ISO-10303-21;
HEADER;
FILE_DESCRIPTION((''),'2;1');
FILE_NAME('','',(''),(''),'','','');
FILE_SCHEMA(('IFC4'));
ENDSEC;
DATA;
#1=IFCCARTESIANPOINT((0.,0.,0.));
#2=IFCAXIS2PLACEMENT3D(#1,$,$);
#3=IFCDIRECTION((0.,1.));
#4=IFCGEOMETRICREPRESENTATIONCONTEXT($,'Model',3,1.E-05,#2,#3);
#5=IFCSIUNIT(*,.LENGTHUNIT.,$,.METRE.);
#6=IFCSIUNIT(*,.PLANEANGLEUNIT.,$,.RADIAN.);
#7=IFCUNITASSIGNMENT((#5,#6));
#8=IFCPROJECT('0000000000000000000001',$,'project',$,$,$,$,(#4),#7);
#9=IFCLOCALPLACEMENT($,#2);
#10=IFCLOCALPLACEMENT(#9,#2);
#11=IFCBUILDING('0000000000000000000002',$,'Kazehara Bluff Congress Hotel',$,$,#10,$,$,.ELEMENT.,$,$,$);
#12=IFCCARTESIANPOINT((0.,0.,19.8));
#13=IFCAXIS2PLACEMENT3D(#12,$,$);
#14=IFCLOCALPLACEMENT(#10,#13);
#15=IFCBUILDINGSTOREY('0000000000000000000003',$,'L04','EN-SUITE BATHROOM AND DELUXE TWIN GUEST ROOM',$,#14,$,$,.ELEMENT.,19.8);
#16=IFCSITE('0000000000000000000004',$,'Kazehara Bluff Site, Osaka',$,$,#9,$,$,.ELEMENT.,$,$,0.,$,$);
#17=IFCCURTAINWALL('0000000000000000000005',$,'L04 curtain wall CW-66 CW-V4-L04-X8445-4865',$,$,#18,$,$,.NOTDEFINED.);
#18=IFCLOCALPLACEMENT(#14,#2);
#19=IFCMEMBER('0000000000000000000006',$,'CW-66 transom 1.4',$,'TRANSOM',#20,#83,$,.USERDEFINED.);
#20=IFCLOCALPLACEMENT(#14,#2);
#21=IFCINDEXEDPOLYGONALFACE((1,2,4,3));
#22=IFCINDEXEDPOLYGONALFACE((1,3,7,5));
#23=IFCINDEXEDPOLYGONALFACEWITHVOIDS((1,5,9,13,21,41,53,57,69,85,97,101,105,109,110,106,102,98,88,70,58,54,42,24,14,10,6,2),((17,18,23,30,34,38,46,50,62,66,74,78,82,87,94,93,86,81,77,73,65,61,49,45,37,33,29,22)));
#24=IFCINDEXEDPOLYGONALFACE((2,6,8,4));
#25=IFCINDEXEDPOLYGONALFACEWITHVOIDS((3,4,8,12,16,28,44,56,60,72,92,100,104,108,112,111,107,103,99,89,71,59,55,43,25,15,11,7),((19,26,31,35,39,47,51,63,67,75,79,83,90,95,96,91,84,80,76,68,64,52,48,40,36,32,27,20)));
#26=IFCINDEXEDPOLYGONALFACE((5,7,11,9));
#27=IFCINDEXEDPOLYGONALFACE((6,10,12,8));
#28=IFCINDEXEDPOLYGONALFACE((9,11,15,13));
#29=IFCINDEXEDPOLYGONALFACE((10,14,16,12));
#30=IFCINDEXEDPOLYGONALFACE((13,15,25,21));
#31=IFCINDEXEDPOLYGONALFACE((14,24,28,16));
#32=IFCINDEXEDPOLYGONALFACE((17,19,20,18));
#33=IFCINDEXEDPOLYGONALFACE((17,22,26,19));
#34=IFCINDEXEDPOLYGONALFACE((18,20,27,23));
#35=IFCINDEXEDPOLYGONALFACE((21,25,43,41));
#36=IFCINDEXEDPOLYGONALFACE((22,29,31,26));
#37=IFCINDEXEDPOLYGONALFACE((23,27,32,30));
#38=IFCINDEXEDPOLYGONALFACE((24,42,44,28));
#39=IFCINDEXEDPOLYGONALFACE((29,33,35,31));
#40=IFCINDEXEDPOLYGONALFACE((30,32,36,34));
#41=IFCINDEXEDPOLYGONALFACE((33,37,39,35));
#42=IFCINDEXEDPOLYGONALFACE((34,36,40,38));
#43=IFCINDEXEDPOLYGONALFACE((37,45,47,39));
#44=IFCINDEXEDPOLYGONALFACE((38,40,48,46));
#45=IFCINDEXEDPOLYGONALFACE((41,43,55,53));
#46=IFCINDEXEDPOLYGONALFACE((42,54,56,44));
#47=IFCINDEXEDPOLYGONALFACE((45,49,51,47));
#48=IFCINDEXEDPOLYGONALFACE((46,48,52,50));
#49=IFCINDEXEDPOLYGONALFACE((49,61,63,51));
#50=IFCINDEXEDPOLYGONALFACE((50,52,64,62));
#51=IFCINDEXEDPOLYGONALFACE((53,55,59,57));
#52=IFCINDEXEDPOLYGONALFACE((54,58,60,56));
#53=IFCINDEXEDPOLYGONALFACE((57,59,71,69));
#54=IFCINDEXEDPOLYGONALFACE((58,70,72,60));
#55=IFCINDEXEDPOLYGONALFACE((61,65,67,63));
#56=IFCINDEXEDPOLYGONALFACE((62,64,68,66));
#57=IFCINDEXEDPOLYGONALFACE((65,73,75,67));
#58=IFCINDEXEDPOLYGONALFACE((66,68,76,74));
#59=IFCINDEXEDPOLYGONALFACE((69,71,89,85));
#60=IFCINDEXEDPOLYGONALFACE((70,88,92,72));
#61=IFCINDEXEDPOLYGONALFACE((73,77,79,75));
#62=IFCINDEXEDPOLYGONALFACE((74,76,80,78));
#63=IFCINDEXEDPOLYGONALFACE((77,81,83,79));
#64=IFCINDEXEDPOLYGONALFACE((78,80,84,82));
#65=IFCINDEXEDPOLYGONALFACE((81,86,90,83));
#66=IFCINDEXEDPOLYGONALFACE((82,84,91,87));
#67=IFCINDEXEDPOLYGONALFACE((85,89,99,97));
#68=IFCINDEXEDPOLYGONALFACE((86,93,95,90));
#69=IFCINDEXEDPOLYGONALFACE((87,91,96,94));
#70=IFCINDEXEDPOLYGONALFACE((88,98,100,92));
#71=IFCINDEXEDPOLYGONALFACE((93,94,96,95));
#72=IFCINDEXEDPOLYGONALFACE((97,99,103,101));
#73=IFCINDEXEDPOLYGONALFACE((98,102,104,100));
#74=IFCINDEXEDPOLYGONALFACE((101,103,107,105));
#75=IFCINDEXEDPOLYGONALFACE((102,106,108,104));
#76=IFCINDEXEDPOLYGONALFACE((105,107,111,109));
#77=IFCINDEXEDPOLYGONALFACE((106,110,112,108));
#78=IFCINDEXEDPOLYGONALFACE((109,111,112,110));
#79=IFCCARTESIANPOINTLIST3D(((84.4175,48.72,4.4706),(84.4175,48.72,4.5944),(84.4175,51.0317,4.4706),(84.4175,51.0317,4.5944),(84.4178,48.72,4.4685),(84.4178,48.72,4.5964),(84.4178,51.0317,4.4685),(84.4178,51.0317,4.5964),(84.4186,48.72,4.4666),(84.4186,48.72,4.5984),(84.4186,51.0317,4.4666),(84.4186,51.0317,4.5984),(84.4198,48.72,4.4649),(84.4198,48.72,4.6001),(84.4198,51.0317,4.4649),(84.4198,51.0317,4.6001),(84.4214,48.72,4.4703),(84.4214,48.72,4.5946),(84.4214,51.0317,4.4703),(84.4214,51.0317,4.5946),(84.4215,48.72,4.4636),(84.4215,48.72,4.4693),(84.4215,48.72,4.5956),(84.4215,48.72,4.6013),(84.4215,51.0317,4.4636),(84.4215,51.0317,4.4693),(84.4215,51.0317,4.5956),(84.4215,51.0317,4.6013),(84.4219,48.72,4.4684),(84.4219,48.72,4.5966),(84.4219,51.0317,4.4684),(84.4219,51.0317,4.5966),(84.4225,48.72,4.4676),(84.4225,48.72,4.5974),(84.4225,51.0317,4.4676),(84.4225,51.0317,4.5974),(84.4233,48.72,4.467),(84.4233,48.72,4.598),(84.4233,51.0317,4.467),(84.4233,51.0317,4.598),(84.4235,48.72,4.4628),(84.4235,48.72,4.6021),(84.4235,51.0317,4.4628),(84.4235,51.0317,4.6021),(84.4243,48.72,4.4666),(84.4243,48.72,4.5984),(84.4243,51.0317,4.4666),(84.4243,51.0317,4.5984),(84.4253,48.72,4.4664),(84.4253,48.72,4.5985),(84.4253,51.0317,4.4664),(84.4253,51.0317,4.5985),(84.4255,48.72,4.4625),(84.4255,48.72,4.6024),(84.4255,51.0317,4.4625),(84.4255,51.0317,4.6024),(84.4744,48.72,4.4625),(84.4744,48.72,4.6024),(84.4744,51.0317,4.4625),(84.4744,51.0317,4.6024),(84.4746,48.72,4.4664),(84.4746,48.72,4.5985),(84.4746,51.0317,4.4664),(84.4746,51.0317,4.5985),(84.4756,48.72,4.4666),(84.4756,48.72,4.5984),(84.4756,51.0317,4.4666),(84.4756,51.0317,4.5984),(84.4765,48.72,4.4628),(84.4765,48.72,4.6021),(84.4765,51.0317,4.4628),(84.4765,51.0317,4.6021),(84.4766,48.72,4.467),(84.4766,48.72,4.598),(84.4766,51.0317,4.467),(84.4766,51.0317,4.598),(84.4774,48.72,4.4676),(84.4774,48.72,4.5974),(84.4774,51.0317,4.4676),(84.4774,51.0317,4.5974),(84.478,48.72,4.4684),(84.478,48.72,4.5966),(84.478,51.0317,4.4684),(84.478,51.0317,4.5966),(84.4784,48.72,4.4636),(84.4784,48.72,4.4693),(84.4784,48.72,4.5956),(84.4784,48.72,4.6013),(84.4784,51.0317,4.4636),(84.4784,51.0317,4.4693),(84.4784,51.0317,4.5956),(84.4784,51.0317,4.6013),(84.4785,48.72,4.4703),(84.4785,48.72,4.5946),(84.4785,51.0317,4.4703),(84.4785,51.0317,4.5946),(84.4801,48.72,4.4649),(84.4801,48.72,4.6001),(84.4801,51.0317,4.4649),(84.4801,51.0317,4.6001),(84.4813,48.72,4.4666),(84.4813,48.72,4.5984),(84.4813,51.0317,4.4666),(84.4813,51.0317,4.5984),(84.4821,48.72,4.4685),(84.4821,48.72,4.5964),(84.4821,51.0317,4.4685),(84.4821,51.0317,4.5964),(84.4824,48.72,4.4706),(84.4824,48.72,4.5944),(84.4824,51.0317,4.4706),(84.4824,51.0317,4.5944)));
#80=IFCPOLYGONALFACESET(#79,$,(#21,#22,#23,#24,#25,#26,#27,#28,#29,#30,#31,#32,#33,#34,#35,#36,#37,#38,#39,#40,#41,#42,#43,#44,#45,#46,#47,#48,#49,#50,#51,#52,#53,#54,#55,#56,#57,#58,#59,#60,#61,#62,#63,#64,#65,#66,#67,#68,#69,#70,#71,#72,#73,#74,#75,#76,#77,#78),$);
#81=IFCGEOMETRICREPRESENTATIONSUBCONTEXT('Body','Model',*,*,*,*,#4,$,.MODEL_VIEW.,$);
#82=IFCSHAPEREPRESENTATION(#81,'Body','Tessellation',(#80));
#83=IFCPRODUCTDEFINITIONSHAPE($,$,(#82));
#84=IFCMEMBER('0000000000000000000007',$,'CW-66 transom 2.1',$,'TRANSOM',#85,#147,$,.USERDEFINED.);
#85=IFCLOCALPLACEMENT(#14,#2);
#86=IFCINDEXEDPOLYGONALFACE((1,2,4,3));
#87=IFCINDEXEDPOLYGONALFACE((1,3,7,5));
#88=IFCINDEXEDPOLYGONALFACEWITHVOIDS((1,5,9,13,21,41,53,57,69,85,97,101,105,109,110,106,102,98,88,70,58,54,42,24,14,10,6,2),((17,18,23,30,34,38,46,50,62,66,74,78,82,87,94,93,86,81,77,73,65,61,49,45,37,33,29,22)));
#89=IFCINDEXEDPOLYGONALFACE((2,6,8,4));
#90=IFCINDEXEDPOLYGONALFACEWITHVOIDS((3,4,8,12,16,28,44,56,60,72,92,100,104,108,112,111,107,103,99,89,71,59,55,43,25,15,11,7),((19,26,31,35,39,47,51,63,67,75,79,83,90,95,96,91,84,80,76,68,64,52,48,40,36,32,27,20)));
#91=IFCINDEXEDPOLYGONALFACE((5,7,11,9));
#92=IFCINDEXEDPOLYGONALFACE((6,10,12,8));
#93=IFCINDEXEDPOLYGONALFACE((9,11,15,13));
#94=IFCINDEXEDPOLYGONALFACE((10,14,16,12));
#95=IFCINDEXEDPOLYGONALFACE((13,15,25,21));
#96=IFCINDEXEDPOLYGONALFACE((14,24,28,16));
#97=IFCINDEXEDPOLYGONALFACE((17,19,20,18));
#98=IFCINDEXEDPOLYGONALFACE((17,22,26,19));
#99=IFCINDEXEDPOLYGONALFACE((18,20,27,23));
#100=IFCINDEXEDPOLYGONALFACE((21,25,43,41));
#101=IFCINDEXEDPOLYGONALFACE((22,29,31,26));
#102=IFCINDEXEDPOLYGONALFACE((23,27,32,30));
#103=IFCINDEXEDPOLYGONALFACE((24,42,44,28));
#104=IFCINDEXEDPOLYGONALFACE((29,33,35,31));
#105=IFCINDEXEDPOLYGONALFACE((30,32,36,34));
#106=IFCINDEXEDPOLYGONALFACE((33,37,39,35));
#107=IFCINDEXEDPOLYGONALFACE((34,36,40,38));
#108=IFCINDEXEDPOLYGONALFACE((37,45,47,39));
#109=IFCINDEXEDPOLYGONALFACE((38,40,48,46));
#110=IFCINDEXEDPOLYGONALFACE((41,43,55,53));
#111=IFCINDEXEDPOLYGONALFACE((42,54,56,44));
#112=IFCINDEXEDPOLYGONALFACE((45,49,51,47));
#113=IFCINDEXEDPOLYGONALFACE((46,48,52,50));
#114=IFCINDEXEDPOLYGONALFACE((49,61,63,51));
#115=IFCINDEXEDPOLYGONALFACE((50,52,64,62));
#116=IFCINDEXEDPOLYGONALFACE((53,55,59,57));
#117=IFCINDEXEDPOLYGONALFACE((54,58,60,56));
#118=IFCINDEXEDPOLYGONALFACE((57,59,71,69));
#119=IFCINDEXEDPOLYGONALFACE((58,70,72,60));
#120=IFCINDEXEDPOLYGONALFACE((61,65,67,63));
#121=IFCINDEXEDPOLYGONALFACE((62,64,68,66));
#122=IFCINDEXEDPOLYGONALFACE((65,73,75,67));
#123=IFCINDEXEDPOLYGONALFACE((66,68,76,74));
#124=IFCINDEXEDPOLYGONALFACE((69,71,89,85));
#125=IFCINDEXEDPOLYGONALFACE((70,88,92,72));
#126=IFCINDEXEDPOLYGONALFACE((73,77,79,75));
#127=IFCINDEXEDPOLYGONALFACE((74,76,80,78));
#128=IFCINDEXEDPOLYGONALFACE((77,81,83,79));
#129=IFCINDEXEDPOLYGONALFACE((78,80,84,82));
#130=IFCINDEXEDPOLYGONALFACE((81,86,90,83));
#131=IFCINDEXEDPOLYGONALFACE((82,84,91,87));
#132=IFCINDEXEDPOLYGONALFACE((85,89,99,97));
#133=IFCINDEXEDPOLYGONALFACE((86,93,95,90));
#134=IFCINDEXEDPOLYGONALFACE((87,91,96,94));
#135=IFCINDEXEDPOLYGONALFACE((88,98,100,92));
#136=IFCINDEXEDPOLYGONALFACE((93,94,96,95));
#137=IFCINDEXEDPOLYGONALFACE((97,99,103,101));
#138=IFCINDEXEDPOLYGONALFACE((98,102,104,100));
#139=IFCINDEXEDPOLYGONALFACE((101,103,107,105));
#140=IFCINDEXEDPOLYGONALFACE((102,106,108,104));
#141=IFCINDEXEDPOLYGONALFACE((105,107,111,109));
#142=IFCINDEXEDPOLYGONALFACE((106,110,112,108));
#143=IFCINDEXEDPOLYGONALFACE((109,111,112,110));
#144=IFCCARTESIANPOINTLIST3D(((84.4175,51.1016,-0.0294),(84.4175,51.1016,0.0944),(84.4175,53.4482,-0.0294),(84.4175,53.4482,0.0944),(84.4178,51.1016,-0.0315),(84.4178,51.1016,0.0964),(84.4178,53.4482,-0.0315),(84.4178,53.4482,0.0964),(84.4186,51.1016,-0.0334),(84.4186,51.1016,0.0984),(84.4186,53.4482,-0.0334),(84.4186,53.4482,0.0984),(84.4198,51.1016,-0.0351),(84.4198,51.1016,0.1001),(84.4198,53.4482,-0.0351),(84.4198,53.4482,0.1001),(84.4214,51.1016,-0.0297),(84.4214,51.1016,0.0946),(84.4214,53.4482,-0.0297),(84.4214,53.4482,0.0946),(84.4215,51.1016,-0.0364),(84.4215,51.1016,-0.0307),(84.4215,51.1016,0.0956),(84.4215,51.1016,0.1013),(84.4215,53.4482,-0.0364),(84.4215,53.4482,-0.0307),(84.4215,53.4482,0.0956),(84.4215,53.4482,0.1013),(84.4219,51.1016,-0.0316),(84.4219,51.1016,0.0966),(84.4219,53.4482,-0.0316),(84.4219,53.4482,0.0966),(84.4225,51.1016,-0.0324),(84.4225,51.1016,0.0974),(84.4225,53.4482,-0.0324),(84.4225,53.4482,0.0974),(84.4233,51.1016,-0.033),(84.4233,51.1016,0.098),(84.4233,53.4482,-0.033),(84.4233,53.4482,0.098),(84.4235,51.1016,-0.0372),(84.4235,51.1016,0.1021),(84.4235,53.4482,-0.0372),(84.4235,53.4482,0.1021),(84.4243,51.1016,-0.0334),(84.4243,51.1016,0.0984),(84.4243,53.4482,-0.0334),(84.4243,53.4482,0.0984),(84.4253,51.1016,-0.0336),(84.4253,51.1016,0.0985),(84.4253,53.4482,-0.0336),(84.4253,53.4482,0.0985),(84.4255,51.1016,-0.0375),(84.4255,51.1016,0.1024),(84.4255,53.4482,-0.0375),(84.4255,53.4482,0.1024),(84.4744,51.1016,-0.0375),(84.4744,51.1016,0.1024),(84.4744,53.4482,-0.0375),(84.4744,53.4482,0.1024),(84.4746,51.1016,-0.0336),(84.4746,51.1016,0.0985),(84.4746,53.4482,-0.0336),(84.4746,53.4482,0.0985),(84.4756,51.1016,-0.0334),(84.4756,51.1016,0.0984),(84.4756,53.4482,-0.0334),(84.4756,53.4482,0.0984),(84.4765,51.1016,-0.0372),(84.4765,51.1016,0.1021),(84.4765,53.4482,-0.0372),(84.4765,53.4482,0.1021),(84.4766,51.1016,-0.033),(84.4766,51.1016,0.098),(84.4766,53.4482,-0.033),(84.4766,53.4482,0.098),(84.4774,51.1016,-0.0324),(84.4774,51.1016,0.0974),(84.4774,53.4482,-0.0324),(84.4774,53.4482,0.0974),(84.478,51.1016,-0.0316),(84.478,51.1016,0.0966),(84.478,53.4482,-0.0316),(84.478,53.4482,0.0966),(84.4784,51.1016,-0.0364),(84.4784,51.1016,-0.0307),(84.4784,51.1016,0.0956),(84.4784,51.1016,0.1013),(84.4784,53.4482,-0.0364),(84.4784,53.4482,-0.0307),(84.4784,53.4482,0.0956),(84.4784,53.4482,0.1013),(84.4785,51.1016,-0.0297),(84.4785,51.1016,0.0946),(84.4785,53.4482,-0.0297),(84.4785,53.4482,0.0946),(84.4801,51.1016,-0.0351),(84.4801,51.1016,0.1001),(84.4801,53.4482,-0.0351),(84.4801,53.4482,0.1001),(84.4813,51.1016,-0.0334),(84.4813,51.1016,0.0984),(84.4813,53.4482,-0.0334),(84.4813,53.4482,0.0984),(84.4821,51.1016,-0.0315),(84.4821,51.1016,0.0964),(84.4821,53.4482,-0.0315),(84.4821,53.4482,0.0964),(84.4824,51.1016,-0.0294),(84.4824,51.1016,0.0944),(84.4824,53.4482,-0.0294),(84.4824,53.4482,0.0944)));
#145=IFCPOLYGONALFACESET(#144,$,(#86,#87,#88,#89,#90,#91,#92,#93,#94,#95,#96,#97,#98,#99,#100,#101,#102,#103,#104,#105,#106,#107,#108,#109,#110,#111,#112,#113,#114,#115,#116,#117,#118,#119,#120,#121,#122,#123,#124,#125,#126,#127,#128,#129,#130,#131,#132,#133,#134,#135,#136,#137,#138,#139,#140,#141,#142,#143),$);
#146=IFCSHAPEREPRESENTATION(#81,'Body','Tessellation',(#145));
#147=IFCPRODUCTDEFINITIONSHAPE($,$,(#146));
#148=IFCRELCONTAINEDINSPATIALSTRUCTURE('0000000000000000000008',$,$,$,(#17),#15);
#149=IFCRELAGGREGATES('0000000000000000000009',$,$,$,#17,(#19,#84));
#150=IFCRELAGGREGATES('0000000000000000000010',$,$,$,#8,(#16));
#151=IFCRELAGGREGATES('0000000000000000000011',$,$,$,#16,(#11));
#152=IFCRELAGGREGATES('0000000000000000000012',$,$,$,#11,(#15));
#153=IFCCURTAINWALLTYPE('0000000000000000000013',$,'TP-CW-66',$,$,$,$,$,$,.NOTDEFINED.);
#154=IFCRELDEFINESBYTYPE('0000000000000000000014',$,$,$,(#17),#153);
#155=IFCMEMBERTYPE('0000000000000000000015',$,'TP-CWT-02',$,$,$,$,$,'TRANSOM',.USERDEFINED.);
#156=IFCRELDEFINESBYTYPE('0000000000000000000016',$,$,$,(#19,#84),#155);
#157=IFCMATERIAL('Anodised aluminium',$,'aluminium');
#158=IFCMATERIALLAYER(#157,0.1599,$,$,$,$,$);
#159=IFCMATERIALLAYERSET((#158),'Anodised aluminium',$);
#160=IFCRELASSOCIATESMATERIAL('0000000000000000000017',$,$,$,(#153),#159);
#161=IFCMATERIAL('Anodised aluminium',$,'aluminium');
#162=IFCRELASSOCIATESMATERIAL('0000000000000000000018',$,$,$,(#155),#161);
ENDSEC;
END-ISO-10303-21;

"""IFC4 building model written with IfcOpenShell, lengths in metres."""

from ifc_helpers import new_model, si_unit, direction, frame, origin, origin_2d, place, context, subcontext, project, spatial, hollow_rectangle, extrude, material, layer, layer_set, material_profile, profile_set, type_object, element, aggregate, save


model = new_model("IFC4")

# Units and contexts
model_context = context("Model", 3, precision=1e-05, world=origin(), true_north=direction((0.0, 1.0)))
body_context = subcontext(model_context, "Body", "Model", "MODEL_VIEW")
ifc_project = project(units=[si_unit("LENGTHUNIT", "METRE"), si_unit("PLANEANGLEUNIT", "RADIAN")], contexts=[model_context])

# Site, building, storey
site_placement = place(None, origin())
site = spatial("IfcSite", under=ifc_project, at=site_placement, Name="Kazehara Bluff Site, Osaka", CompositionType="ELEMENT", RefElevation=0.0)
building_placement = place(site_placement, origin())
building = spatial("IfcBuilding", under=site, at=building_placement, Name="Kazehara Bluff Congress Hotel", CompositionType="ELEMENT")
storey_placement = place(building_placement, frame((0.0, 0.0, 19.8)))
storey = spatial("IfcBuildingStorey", under=building, at=storey_placement, Name="L04", Description="EN-SUITE BATHROOM AND DELUXE TWIN GUEST ROOM", CompositionType="ELEMENT", Elevation=19.8)

# Curtain wall
ifc_material_1 = material(Name="Anodised aluminium", Category="aluminium")
ifc_layer_1 = layer(ifc_material_1, 0.1599)
ifc_layer_set_1 = layer_set([ifc_layer_1], Name="Anodised aluminium")
curtain_wall_type_1 = type_object("IfcCurtainWallType", Name="TP-CW-66", PredefinedType="NOTDEFINED", material=ifc_layer_set_1)
curtain_wall_1_placement = place(storey_placement, origin())
curtain_wall_1 = element("IfcCurtainWall", 1, at=curtain_wall_1_placement, inside=storey, type_object=curtain_wall_type_1, Name="L04 curtain wall CW-66 CW-V4-L04-X8445-4865", PredefinedType="NOTDEFINED")

# Members
ifc_material_2 = material(Name="Anodised aluminium", Category="aluminium")
ifc_material_profile_1 = material_profile(ifc_material_2, hollow_rectangle(XDim=0.0649, YDim=0.1399, WallThickness=0.0039, InnerFilletRadius=0.0039, OuterFilletRadius=0.0081, at=origin_2d()))
ifc_profile_set_1 = profile_set([ifc_material_profile_1], Name="Anodised aluminium")
member_type_1 = type_object("IfcMemberType", Name="TP-CWT-02", ElementType="TRANSOM", PredefinedType="USERDEFINED", material=ifc_profile_set_1)
member_1_placement = place(storey_placement, frame((84.45, 48.72, 4.5325), z_axis=(0.0, 1.0, 0.0), x_axis=(-1.0, 0.0, 0.0)))
member_1 = element("IfcMember", 2, at=member_1_placement, type_object=member_type_1, Name="CW-66 transom 1.4", ObjectType="TRANSOM", PredefinedType="USERDEFINED", context=body_context, shape_type="SweptSolid", body=[
    extrude(hollow_rectangle(XDim=0.0649, YDim=0.1399, WallThickness=0.0039, InnerFilletRadius=0.0039, OuterFilletRadius=0.0081, at=origin_2d()), origin(), (0.0, 0.0, 1.0), 2.3118),
])
member_2_placement = place(storey_placement, frame((84.45, 51.1016, 0.0325), z_axis=(0.0, 1.0, 0.0), x_axis=(-1.0, 0.0, 0.0)))
member_2 = element("IfcMember", 3, at=member_2_placement, type_object=member_type_1, Name="CW-66 transom 2.1", ObjectType="TRANSOM", PredefinedType="USERDEFINED", context=body_context, shape_type="SweptSolid", body=[
    extrude(hollow_rectangle(XDim=0.0649, YDim=0.1399, WallThickness=0.0039, InnerFilletRadius=0.0039, OuterFilletRadius=0.0081, at=origin_2d()), origin(), (0.0, 0.0, 1.0), 2.3467),
])

aggregate(curtain_wall_1, [member_1, member_2])

save(model, "model.ifc")
